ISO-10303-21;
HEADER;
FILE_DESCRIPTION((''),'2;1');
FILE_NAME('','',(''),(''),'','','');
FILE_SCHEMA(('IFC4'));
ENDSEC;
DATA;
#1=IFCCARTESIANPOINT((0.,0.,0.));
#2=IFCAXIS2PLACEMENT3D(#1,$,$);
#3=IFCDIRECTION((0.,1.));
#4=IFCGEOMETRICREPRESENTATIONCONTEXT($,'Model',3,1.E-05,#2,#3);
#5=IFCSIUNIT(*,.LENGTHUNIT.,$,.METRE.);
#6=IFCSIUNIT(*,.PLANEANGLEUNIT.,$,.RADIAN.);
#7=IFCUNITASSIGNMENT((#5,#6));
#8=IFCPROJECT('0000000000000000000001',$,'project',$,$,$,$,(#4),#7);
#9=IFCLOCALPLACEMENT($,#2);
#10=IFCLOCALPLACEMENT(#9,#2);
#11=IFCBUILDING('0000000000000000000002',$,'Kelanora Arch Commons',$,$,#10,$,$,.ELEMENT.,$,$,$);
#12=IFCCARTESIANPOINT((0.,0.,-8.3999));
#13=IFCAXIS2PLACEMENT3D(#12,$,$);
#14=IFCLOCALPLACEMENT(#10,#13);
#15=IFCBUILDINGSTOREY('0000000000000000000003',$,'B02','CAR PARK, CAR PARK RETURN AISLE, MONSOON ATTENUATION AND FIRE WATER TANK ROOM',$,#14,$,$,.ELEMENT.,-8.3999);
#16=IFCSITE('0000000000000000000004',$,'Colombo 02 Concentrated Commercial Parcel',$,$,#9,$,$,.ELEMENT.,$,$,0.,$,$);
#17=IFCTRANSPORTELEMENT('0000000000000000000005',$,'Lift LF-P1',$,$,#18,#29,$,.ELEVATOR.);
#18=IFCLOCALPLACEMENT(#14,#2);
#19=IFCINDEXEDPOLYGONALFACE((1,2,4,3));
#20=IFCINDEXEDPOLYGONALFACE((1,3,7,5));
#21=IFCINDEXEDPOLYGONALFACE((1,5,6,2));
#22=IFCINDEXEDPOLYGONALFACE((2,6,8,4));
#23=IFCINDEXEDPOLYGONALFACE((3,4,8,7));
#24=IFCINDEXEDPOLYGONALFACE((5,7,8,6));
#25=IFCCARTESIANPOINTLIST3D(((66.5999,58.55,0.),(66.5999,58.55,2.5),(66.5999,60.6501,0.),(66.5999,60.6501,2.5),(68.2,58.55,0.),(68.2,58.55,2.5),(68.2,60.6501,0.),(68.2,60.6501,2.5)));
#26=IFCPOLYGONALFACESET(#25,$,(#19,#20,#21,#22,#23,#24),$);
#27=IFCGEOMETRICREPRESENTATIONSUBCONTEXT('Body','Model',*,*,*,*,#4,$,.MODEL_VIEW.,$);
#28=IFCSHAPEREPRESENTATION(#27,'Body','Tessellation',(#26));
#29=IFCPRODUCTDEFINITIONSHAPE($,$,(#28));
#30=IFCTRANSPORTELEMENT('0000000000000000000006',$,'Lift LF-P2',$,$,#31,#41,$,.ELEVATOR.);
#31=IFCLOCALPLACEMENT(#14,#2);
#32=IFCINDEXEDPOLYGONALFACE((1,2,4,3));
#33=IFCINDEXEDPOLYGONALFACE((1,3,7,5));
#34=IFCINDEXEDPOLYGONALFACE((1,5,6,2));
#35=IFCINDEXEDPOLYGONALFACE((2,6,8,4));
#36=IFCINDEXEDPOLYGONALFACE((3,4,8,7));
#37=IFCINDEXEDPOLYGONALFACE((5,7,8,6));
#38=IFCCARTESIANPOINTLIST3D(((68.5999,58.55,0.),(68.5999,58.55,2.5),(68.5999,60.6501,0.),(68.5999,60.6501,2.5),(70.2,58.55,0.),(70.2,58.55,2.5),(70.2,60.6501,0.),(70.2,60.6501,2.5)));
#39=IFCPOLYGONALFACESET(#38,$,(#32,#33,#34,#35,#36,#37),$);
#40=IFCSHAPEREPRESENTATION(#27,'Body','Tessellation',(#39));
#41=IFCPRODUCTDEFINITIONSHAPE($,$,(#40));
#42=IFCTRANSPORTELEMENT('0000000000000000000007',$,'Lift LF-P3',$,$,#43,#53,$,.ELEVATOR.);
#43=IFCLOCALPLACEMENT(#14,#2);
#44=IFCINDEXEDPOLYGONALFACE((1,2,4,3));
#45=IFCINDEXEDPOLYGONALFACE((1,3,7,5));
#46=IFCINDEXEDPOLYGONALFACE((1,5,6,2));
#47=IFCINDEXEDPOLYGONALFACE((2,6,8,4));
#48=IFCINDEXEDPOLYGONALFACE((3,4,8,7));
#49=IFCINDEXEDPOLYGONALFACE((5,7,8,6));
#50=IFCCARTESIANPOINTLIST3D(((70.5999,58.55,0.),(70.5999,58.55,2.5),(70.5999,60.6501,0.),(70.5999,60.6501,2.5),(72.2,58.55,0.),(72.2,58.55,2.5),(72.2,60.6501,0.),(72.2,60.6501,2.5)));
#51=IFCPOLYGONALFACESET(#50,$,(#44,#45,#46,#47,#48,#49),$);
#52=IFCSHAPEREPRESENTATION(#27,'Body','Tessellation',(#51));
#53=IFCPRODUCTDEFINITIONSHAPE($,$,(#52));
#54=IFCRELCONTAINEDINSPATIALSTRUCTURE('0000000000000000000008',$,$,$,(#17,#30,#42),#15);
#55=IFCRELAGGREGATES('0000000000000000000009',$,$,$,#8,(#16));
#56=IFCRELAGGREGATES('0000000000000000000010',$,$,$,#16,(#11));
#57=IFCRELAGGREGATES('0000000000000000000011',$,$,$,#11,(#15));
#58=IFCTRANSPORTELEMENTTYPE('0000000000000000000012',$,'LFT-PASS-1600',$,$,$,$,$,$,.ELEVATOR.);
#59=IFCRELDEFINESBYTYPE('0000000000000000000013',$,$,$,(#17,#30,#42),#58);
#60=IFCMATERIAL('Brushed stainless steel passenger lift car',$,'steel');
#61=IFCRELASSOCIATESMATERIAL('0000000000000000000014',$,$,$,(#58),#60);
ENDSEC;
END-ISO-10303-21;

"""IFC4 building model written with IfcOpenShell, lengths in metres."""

from ifc_helpers import new_model, si_unit, direction, frame, origin, origin_2d, place, context, subcontext, project, spatial, rectangle, extrude, source, transform, mapped, material, type_object, element, save


model = new_model("IFC4")

# Units and contexts
model_context = context("Model", 3, precision=1e-05, world=origin(), true_north=direction((0.0, 1.0)))
body_context = subcontext(model_context, "Body", "Model", "MODEL_VIEW")
ifc_project = project(units=[si_unit("LENGTHUNIT", "METRE"), si_unit("PLANEANGLEUNIT", "RADIAN")], contexts=[model_context])

# Site, building, storey
site_placement = place(None, origin())
site = spatial("IfcSite", under=ifc_project, at=site_placement, Name="Colombo 02 Concentrated Commercial Parcel", CompositionType="ELEMENT", RefElevation=0.0)
building_placement = place(site_placement, origin())
building = spatial("IfcBuilding", under=site, at=building_placement, Name="Kelanora Arch Commons", CompositionType="ELEMENT")
storey_placement = place(building_placement, frame((0.0, 0.0, -8.3999)))
storey = spatial("IfcBuildingStorey", under=building, at=storey_placement, Name="B02", Description="CAR PARK, CAR PARK RETURN AISLE, MONSOON ATTENUATION AND FIRE WATER TANK ROOM", CompositionType="ELEMENT", Elevation=-8.3999)

# Transport elements
ifc_material_1 = material(Name="Brushed stainless steel passenger lift car", Category="steel")
transport_element_type = type_object("IfcTransportElementType", Name="LFT-PASS-1600", PredefinedType="ELEVATOR", material=ifc_material_1)
shared_shape_1 = source(origin(), body_context, "Body", "SweptSolid", [
    extrude(rectangle(XDim=1.6001, YDim=2.1001, at=origin_2d()), origin(), (0.0, 0.0, 1.0), 2.5),
])
for number, where, z_axis, x_axis, name in (
    (1, (67.3999, 59.6001, 0.0), (0.0, 0.0, 1.0), (1.0, 0.0, 0.0), "Lift LF-P1"),
    (2, (69.3999, 59.6001, 0.0), (0.0, 0.0, 1.0), (1.0, 0.0, 0.0), "Lift LF-P2"),
    (3, (71.3999, 59.6001, 0.0), (0.0, 0.0, 1.0), (1.0, 0.0, 0.0), "Lift LF-P3"),
):
    element("IfcTransportElement", number, at=place(storey_placement, frame(where, z_axis=z_axis, x_axis=x_axis)), inside=storey, type_object=transport_element_type, Name=name, PredefinedType="ELEVATOR", context=body_context, shape_type="MappedRepresentation", body=[
        mapped(shared_shape_1, transform((0.0, 0.0, 0.0), scale=1.0)),
    ])

save(model, "model.ifc")
